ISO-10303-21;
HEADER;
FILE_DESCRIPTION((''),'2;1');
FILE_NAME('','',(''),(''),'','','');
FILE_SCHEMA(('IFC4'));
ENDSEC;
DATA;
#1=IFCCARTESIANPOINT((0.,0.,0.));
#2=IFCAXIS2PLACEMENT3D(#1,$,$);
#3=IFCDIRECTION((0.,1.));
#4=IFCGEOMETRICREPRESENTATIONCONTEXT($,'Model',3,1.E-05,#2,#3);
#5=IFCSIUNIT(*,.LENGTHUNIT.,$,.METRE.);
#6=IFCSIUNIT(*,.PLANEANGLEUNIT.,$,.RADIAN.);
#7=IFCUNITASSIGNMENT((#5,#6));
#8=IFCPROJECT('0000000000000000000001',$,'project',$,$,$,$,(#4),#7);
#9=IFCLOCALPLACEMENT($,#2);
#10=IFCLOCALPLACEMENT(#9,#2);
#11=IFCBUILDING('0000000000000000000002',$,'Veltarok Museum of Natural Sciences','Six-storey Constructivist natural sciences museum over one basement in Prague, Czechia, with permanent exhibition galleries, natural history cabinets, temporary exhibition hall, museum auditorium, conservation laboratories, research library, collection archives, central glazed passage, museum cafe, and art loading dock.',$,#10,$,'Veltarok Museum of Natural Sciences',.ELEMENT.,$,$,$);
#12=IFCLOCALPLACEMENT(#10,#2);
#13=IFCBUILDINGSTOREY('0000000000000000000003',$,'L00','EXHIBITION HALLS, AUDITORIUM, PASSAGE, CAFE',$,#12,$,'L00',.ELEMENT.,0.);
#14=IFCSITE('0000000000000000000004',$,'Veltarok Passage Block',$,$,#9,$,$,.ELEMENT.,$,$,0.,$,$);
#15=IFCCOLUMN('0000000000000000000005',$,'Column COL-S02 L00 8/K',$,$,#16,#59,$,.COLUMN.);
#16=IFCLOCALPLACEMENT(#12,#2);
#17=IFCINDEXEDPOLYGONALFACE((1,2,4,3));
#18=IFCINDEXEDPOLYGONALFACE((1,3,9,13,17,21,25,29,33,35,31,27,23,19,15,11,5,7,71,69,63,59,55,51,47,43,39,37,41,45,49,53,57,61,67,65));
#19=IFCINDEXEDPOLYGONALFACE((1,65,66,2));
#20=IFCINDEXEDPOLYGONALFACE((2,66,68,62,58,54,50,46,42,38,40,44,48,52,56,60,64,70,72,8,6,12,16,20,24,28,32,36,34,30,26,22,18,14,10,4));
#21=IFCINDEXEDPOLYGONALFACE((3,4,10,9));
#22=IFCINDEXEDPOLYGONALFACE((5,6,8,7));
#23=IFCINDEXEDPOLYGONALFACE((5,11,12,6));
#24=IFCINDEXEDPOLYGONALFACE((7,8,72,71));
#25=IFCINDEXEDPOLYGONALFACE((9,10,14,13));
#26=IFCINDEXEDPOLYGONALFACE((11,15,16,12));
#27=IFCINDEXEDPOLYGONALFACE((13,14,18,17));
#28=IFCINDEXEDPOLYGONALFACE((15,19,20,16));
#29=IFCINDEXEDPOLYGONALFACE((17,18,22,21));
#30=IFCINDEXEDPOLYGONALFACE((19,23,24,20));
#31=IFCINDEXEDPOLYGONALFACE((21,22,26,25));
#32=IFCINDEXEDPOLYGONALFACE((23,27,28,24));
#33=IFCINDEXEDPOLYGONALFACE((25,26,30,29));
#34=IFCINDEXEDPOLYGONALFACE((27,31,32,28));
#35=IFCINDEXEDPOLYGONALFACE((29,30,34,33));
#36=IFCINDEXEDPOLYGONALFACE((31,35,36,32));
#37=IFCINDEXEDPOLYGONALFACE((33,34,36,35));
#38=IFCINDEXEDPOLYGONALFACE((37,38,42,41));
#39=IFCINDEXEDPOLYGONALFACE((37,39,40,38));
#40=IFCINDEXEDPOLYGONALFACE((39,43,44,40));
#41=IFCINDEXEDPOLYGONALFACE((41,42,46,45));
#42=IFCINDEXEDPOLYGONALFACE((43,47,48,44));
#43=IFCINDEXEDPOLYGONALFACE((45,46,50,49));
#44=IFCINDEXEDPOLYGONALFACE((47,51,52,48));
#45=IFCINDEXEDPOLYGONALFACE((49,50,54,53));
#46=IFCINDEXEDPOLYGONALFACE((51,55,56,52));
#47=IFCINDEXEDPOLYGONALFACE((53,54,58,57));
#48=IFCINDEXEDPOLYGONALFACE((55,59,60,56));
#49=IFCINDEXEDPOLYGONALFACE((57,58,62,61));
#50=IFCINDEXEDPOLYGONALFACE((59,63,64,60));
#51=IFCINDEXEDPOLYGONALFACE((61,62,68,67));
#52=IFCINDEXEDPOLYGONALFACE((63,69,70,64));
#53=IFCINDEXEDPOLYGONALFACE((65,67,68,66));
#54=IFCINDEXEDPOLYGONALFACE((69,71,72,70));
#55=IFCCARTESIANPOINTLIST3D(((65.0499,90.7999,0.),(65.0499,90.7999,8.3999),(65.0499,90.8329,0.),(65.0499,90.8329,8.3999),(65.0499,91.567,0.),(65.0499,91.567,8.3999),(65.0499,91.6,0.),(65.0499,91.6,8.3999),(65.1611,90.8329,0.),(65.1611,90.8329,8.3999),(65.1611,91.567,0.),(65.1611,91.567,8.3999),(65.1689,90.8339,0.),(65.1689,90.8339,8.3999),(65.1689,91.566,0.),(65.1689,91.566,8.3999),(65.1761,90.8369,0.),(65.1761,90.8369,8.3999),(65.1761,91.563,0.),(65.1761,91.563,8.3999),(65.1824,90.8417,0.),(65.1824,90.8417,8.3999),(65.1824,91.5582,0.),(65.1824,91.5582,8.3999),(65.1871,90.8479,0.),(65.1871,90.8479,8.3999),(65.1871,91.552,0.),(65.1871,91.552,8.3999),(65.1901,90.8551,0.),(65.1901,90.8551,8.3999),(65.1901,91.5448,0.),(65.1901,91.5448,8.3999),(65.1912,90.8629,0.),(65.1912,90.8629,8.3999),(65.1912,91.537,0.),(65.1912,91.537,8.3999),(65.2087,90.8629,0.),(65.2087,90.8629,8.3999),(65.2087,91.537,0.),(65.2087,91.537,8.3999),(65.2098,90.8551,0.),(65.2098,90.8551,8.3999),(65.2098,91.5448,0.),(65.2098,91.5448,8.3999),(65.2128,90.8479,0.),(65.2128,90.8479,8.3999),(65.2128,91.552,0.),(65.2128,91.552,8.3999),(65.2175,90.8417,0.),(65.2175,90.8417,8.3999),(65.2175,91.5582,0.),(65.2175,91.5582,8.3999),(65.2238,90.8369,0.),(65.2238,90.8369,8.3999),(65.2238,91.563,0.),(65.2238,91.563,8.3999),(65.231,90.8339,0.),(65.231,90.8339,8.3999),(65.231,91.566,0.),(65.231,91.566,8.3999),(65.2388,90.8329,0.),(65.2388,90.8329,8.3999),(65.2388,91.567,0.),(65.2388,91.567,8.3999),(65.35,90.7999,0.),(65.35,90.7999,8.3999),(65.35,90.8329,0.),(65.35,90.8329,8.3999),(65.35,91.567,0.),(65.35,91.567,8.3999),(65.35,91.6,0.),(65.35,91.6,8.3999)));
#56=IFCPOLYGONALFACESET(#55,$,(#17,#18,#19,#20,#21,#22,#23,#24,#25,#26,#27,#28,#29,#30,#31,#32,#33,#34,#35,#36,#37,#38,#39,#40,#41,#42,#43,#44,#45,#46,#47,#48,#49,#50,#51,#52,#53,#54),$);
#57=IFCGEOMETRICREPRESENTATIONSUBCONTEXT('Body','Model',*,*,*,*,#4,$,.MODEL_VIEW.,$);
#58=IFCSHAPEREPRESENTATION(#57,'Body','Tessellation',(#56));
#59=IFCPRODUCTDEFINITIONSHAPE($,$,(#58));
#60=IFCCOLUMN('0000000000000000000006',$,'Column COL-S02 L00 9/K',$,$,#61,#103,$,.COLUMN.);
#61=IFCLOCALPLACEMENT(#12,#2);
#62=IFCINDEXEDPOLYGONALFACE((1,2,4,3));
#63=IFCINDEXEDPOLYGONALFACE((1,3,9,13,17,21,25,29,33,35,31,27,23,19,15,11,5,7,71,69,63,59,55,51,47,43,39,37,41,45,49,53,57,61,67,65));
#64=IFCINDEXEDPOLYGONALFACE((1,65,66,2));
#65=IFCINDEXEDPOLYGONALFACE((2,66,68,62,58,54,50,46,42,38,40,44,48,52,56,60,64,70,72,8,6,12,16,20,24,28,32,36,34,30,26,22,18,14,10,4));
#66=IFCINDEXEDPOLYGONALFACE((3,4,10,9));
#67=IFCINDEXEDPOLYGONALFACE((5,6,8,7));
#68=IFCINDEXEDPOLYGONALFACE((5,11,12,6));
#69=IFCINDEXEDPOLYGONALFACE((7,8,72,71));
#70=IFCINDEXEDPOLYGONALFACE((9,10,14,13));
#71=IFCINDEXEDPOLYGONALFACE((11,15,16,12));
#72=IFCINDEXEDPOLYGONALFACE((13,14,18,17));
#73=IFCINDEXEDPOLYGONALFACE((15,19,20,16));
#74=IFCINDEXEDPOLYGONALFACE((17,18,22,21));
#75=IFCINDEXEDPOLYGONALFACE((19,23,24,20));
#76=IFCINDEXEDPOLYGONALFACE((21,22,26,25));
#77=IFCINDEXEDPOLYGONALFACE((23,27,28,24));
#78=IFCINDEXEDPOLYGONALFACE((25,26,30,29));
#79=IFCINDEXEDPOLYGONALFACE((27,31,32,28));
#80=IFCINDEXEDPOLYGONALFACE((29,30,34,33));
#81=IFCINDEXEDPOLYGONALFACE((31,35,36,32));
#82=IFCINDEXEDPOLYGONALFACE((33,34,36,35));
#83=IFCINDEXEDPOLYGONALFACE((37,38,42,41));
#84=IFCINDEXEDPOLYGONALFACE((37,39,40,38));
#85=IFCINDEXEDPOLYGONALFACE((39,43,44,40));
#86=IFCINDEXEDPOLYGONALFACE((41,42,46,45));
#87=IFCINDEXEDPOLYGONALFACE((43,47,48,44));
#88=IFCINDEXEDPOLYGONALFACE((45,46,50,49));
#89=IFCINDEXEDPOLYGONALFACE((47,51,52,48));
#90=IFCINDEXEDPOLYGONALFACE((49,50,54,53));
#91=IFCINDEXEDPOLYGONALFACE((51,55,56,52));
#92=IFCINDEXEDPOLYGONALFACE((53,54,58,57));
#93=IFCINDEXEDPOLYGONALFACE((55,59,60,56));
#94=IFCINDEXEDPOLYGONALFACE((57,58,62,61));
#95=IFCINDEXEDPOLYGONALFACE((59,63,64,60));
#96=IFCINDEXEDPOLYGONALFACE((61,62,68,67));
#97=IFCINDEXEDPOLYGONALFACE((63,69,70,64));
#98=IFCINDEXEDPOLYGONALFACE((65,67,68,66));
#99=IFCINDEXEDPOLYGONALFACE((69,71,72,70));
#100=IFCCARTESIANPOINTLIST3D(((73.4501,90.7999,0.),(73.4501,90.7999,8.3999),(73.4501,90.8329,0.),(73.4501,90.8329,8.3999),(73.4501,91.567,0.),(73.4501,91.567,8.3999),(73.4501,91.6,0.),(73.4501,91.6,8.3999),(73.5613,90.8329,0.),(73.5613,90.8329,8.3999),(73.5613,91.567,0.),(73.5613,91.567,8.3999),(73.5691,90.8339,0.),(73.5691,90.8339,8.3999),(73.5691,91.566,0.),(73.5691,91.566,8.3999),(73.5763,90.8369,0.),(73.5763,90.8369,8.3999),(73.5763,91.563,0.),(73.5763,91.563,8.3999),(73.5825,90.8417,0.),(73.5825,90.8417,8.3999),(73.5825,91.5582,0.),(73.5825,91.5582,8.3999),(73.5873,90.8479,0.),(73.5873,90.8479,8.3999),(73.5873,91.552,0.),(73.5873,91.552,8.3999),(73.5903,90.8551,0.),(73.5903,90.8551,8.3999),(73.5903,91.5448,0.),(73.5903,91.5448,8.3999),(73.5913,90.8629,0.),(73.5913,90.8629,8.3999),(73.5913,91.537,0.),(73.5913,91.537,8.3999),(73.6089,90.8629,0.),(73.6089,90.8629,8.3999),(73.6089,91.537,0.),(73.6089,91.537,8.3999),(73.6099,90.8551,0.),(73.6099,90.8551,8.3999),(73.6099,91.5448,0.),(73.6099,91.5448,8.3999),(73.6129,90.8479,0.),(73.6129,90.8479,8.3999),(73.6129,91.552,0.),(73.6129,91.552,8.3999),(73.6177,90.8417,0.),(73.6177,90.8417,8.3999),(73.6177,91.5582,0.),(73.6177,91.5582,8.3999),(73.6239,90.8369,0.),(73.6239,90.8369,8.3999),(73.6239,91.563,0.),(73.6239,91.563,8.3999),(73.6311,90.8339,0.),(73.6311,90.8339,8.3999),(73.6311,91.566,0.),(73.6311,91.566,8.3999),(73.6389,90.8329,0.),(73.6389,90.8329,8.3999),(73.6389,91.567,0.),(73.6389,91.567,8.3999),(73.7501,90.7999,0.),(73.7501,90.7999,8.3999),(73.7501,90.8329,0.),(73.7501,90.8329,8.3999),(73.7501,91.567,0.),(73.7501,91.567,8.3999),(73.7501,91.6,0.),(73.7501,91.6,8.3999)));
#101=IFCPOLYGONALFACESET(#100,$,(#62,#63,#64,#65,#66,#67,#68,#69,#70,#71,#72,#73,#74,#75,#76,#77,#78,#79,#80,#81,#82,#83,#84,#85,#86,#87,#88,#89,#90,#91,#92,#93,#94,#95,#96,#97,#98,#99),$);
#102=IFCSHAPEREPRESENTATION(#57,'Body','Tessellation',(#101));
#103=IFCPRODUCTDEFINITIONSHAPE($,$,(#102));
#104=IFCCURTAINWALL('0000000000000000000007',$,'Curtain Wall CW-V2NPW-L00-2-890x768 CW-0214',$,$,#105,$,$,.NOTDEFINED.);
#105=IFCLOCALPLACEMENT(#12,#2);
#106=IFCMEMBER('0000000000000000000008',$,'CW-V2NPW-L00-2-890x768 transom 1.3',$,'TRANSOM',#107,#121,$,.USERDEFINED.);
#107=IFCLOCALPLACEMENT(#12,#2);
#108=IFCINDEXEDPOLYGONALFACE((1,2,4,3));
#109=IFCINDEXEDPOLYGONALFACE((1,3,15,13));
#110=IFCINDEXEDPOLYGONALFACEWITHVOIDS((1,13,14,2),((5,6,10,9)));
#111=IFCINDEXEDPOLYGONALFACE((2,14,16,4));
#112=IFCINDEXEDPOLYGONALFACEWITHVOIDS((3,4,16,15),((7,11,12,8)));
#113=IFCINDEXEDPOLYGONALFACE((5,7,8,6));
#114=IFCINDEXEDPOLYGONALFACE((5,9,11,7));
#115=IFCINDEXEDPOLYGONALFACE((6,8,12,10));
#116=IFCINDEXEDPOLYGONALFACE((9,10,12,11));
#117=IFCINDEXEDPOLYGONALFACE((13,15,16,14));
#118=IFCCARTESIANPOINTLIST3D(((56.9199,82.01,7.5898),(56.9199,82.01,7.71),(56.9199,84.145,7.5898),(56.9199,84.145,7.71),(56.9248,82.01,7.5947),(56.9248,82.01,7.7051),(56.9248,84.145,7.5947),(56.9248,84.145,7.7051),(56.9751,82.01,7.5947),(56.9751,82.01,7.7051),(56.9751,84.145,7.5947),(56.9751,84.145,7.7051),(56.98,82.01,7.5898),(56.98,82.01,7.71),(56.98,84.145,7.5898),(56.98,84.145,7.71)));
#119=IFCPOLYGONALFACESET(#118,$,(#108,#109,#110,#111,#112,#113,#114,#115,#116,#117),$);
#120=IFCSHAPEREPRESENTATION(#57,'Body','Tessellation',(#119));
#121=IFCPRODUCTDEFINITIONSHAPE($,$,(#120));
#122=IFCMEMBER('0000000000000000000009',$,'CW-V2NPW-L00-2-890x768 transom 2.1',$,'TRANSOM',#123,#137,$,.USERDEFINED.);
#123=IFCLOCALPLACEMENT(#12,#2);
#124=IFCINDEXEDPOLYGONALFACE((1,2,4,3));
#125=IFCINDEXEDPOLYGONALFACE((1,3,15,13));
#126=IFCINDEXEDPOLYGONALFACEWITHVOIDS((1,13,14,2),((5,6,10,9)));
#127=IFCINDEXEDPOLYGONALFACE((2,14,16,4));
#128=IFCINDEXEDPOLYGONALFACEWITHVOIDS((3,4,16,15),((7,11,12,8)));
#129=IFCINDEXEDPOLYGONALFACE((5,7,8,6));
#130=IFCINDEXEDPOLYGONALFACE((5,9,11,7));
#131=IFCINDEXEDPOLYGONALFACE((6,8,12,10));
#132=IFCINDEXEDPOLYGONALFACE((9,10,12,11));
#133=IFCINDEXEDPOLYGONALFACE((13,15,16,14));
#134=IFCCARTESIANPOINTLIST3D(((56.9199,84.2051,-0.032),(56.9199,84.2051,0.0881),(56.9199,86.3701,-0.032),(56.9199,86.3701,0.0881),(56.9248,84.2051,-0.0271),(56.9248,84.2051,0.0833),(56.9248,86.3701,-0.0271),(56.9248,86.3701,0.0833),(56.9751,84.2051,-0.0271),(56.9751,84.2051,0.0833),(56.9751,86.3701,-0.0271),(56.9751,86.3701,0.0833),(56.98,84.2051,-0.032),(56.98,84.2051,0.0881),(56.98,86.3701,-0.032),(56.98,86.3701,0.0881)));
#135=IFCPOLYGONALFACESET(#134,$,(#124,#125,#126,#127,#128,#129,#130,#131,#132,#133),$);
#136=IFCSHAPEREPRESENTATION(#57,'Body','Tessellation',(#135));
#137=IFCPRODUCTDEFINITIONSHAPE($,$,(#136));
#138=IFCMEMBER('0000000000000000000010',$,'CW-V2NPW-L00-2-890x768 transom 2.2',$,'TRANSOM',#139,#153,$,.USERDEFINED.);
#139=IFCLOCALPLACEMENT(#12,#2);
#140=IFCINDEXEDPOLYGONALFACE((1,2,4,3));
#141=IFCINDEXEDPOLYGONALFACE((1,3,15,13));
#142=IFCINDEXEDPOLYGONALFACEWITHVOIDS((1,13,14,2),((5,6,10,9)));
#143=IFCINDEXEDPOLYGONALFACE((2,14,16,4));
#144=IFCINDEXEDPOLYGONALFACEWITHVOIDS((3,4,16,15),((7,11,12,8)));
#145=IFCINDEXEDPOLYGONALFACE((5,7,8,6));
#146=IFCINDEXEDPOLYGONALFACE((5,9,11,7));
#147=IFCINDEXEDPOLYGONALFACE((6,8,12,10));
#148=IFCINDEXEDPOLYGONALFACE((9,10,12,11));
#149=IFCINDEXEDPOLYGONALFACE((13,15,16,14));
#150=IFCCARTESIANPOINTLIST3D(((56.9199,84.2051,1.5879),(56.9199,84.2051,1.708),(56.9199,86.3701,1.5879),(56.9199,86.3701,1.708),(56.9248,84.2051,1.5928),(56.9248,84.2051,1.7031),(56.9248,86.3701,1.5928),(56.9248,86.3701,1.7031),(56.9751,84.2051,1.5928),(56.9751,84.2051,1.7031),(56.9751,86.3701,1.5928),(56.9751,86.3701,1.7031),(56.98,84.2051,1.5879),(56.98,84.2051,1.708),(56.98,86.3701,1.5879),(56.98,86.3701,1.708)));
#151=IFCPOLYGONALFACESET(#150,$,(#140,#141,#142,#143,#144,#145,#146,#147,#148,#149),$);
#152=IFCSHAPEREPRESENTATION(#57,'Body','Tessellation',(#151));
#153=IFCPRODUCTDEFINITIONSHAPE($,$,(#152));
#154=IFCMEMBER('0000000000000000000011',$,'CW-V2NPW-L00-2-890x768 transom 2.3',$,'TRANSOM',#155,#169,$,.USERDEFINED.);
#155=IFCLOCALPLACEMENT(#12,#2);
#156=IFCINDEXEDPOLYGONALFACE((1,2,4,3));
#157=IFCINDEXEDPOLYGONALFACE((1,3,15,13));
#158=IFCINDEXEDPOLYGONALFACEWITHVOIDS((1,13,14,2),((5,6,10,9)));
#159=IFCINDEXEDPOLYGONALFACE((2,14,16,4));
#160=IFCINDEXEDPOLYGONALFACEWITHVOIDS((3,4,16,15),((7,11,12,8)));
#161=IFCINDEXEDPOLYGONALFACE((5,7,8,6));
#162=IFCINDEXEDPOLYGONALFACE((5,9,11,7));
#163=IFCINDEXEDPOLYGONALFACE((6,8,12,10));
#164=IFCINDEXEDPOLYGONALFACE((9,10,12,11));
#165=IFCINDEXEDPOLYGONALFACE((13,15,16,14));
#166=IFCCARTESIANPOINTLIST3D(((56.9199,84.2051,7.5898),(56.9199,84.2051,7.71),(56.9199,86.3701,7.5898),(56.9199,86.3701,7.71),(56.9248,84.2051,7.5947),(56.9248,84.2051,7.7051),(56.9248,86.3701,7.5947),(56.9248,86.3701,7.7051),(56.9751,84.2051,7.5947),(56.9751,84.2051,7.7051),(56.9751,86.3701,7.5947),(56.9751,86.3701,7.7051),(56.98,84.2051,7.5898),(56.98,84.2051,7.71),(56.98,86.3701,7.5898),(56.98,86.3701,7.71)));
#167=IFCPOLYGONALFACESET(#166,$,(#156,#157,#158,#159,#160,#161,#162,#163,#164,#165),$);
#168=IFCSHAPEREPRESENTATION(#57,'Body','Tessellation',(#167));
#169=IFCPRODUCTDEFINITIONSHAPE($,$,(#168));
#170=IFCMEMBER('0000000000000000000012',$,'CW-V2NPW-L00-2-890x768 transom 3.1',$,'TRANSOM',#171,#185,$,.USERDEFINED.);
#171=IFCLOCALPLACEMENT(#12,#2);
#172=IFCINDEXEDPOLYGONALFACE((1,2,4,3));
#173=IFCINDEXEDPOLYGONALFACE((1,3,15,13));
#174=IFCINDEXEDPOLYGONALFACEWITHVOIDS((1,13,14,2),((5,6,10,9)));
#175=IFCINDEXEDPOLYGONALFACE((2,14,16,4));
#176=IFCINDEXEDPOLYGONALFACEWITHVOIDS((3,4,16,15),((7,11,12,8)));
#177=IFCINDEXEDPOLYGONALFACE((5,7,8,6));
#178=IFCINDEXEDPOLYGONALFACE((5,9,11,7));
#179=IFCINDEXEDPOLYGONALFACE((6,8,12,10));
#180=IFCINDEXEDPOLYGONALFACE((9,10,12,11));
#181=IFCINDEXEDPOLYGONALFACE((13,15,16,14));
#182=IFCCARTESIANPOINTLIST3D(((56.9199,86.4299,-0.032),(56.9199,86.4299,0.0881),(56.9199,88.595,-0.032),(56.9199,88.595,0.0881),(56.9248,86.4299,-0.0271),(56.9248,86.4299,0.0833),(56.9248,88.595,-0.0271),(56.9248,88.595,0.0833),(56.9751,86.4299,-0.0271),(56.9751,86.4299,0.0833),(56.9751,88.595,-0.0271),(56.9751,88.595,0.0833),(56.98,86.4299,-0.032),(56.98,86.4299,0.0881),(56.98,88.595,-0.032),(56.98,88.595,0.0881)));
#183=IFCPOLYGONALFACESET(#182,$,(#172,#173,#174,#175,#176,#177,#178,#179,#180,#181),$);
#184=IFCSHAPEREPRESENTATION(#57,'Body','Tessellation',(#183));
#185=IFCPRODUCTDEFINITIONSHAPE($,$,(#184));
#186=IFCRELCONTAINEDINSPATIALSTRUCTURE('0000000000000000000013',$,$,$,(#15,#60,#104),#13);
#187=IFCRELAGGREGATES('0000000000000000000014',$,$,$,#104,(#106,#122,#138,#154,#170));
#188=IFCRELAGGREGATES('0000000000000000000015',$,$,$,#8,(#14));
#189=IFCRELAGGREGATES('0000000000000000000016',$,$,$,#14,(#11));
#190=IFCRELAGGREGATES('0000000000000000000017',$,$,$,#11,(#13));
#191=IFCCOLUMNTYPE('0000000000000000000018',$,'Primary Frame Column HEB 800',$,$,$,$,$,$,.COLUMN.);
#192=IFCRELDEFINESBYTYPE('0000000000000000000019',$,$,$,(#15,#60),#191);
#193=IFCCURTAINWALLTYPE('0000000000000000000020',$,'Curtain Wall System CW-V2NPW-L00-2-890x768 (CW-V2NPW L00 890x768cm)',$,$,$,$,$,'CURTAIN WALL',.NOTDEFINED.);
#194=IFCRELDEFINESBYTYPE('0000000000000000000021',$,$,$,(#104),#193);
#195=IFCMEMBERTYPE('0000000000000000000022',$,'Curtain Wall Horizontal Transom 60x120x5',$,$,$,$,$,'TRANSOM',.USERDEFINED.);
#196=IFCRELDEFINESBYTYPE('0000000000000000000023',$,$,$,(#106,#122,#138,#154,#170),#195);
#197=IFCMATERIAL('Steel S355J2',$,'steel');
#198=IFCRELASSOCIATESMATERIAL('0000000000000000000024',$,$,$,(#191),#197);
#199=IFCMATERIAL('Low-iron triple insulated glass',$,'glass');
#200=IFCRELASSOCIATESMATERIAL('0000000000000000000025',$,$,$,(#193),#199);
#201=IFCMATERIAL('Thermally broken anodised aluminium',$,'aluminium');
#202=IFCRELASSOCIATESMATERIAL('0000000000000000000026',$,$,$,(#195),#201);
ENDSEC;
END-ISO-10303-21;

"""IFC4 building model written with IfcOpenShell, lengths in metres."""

from ifc_helpers import new_model, si_unit, direction, frame, origin, origin_2d, place, context, subcontext, project, spatial, hollow_rectangle, i_section, extrude, material, material_profile, profile_set, type_object, element, aggregate, save


model = new_model("IFC4")

# Units and contexts
model_context = context("Model", 3, precision=1e-05, world=origin(), true_north=direction((0.0, 1.0)))
body_context = subcontext(model_context, "Body", "Model", "MODEL_VIEW")
ifc_project = project(units=[si_unit("LENGTHUNIT", "METRE"), si_unit("PLANEANGLEUNIT", "RADIAN")], contexts=[model_context])

# Site, building, storey
site_placement = place(None, origin())
site = spatial("IfcSite", under=ifc_project, at=site_placement, Name="Veltarok Passage Block", CompositionType="ELEMENT", RefElevation=0.0)
building_placement = place(site_placement, origin())
building = spatial("IfcBuilding", under=site, at=building_placement, Name="Veltarok Museum of Natural Sciences", Description="Six-storey Constructivist natural sciences museum over one basement in Prague, Czechia, with permanent exhibition galleries, natural history cabinets, temporary exhibition hall, museum auditorium, conservation laboratories, research library, collection archives, central glazed passage, museum cafe, and art loading dock.", LongName="Veltarok Museum of Natural Sciences", CompositionType="ELEMENT")
storey_placement = place(building_placement, origin())
storey = spatial("IfcBuildingStorey", under=building, at=storey_placement, Name="L00", Description="EXHIBITION HALLS, AUDITORIUM, PASSAGE, CAFE", LongName="L00", CompositionType="ELEMENT", Elevation=0.0)

# Columns
ifc_material_1 = material(Name="Steel S355J2", Category="steel")
ifc_material_profile_1 = material_profile(ifc_material_1, i_section(OverallWidth=0.3, OverallDepth=0.8, WebThickness=0.0176, FlangeThickness=0.033, FilletRadius=0.03, at=origin_2d()), Name="HEB 800")
ifc_profile_set_1 = profile_set([ifc_material_profile_1], Name="Steel S355J2")
column_type = type_object("IfcColumnType", Name="Primary Frame Column HEB 800", PredefinedType="COLUMN", material=ifc_profile_set_1)
for number, where, z_axis, x_axis, name in (
    (1, (65.2, 91.2, 0.0), (0.0, 0.0, 1.0), (1.0, 0.0, 0.0), "Column COL-S02 L00 8/K"),
    (2, (73.6001, 91.2, 0.0), (0.0, 0.0, 1.0), (1.0, 0.0, 0.0), "Column COL-S02 L00 9/K"),
):
    element("IfcColumn", number, at=place(storey_placement, frame(where, z_axis=z_axis, x_axis=x_axis)), inside=storey, type_object=column_type, Name=name, PredefinedType="COLUMN", context=body_context, shape_type="SweptSolid", body=[
        extrude(i_section(OverallWidth=0.3, OverallDepth=0.8, WebThickness=0.0176, FlangeThickness=0.033, FilletRadius=0.03, at=origin_2d()), origin(), (0.0, 0.0, 1.0), 8.3999),
    ])

# Curtain wall, members
ifc_material_2 = material(Name="Low-iron triple insulated glass", Category="glass")
curtain_wall_type_1 = type_object("IfcCurtainWallType", Name="Curtain Wall System CW-V2NPW-L00-2-890x768 (CW-V2NPW L00 890x768cm)", ElementType="CURTAIN WALL", PredefinedType="NOTDEFINED", material=ifc_material_2)
curtain_wall_1_placement = place(storey_placement, origin())
curtain_wall_1 = element("IfcCurtainWall", 3, at=curtain_wall_1_placement, inside=storey, type_object=curtain_wall_type_1, Name="Curtain Wall CW-V2NPW-L00-2-890x768 CW-0214", PredefinedType="NOTDEFINED")
ifc_material_3 = material(Name="Thermally broken anodised aluminium", Category="aluminium")
ifc_material_profile_2 = material_profile(ifc_material_3, hollow_rectangle(XDim=0.0601, YDim=0.1201, WallThickness=0.0049, at=origin_2d()), Name="CW TRANSOM 60x120x5")
ifc_profile_set_2 = profile_set([ifc_material_profile_2], Name="Thermally broken anodised aluminium")
member_type_1 = type_object("IfcMemberType", Name="Curtain Wall Horizontal Transom 60x120x5", ElementType="TRANSOM", PredefinedType="USERDEFINED", material=ifc_profile_set_2)
member_1_placement = place(storey_placement, frame((56.95, 82.01, 7.6499), z_axis=(0.0, 1.0, 0.0), x_axis=(-1.0, 0.0, 0.0)))
member_1 = element("IfcMember", 4, at=member_1_placement, type_object=member_type_1, Name="CW-V2NPW-L00-2-890x768 transom 1.3", ObjectType="TRANSOM", PredefinedType="USERDEFINED", context=body_context, shape_type="SweptSolid", body=[
    extrude(hollow_rectangle(XDim=0.0601, YDim=0.1201, WallThickness=0.0049, at=origin_2d()), origin(), (0.0, 0.0, 1.0), 2.135),
])
member_2_placement = place(storey_placement, frame((56.95, 84.2051, 0.0281), z_axis=(0.0, 1.0, 0.0), x_axis=(-1.0, 0.0, 0.0)))
member_2 = element("IfcMember", 5, at=member_2_placement, type_object=member_type_1, Name="CW-V2NPW-L00-2-890x768 transom 2.1", ObjectType="TRANSOM", PredefinedType="USERDEFINED", context=body_context, shape_type="SweptSolid", body=[
    extrude(hollow_rectangle(XDim=0.0601, YDim=0.1201, WallThickness=0.0049, at=origin_2d()), origin(), (0.0, 0.0, 1.0), 2.165),
])
member_3_placement = place(storey_placement, frame((56.95, 84.2051, 1.6479), z_axis=(0.0, 1.0, 0.0), x_axis=(-1.0, 0.0, 0.0)))
member_3 = element("IfcMember", 6, at=member_3_placement, type_object=member_type_1, Name="CW-V2NPW-L00-2-890x768 transom 2.2", ObjectType="TRANSOM", PredefinedType="USERDEFINED", context=body_context, shape_type="SweptSolid", body=[
    extrude(hollow_rectangle(XDim=0.0601, YDim=0.1201, WallThickness=0.0049, at=origin_2d()), origin(), (0.0, 0.0, 1.0), 2.165),
])
member_4_placement = place(storey_placement, frame((56.95, 84.2051, 7.6499), z_axis=(0.0, 1.0, 0.0), x_axis=(-1.0, 0.0, 0.0)))
member_4 = element("IfcMember", 7, at=member_4_placement, type_object=member_type_1, Name="CW-V2NPW-L00-2-890x768 transom 2.3", ObjectType="TRANSOM", PredefinedType="USERDEFINED", context=body_context, shape_type="SweptSolid", body=[
    extrude(hollow_rectangle(XDim=0.0601, YDim=0.1201, WallThickness=0.0049, at=origin_2d()), origin(), (0.0, 0.0, 1.0), 2.165),
])
member_5_placement = place(storey_placement, frame((56.95, 86.4299, 0.0281), z_axis=(0.0, 1.0, 0.0), x_axis=(-1.0, 0.0, 0.0)))
member_5 = element("IfcMember", 8, at=member_5_placement, type_object=member_type_1, Name="CW-V2NPW-L00-2-890x768 transom 3.1", ObjectType="TRANSOM", PredefinedType="USERDEFINED", context=body_context, shape_type="SweptSolid", body=[
    extrude(hollow_rectangle(XDim=0.0601, YDim=0.1201, WallThickness=0.0049, at=origin_2d()), origin(), (0.0, 0.0, 1.0), 2.165),
])

aggregate(curtain_wall_1, [member_1, member_2, member_3, member_4, member_5])

save(model, "model.ifc")
